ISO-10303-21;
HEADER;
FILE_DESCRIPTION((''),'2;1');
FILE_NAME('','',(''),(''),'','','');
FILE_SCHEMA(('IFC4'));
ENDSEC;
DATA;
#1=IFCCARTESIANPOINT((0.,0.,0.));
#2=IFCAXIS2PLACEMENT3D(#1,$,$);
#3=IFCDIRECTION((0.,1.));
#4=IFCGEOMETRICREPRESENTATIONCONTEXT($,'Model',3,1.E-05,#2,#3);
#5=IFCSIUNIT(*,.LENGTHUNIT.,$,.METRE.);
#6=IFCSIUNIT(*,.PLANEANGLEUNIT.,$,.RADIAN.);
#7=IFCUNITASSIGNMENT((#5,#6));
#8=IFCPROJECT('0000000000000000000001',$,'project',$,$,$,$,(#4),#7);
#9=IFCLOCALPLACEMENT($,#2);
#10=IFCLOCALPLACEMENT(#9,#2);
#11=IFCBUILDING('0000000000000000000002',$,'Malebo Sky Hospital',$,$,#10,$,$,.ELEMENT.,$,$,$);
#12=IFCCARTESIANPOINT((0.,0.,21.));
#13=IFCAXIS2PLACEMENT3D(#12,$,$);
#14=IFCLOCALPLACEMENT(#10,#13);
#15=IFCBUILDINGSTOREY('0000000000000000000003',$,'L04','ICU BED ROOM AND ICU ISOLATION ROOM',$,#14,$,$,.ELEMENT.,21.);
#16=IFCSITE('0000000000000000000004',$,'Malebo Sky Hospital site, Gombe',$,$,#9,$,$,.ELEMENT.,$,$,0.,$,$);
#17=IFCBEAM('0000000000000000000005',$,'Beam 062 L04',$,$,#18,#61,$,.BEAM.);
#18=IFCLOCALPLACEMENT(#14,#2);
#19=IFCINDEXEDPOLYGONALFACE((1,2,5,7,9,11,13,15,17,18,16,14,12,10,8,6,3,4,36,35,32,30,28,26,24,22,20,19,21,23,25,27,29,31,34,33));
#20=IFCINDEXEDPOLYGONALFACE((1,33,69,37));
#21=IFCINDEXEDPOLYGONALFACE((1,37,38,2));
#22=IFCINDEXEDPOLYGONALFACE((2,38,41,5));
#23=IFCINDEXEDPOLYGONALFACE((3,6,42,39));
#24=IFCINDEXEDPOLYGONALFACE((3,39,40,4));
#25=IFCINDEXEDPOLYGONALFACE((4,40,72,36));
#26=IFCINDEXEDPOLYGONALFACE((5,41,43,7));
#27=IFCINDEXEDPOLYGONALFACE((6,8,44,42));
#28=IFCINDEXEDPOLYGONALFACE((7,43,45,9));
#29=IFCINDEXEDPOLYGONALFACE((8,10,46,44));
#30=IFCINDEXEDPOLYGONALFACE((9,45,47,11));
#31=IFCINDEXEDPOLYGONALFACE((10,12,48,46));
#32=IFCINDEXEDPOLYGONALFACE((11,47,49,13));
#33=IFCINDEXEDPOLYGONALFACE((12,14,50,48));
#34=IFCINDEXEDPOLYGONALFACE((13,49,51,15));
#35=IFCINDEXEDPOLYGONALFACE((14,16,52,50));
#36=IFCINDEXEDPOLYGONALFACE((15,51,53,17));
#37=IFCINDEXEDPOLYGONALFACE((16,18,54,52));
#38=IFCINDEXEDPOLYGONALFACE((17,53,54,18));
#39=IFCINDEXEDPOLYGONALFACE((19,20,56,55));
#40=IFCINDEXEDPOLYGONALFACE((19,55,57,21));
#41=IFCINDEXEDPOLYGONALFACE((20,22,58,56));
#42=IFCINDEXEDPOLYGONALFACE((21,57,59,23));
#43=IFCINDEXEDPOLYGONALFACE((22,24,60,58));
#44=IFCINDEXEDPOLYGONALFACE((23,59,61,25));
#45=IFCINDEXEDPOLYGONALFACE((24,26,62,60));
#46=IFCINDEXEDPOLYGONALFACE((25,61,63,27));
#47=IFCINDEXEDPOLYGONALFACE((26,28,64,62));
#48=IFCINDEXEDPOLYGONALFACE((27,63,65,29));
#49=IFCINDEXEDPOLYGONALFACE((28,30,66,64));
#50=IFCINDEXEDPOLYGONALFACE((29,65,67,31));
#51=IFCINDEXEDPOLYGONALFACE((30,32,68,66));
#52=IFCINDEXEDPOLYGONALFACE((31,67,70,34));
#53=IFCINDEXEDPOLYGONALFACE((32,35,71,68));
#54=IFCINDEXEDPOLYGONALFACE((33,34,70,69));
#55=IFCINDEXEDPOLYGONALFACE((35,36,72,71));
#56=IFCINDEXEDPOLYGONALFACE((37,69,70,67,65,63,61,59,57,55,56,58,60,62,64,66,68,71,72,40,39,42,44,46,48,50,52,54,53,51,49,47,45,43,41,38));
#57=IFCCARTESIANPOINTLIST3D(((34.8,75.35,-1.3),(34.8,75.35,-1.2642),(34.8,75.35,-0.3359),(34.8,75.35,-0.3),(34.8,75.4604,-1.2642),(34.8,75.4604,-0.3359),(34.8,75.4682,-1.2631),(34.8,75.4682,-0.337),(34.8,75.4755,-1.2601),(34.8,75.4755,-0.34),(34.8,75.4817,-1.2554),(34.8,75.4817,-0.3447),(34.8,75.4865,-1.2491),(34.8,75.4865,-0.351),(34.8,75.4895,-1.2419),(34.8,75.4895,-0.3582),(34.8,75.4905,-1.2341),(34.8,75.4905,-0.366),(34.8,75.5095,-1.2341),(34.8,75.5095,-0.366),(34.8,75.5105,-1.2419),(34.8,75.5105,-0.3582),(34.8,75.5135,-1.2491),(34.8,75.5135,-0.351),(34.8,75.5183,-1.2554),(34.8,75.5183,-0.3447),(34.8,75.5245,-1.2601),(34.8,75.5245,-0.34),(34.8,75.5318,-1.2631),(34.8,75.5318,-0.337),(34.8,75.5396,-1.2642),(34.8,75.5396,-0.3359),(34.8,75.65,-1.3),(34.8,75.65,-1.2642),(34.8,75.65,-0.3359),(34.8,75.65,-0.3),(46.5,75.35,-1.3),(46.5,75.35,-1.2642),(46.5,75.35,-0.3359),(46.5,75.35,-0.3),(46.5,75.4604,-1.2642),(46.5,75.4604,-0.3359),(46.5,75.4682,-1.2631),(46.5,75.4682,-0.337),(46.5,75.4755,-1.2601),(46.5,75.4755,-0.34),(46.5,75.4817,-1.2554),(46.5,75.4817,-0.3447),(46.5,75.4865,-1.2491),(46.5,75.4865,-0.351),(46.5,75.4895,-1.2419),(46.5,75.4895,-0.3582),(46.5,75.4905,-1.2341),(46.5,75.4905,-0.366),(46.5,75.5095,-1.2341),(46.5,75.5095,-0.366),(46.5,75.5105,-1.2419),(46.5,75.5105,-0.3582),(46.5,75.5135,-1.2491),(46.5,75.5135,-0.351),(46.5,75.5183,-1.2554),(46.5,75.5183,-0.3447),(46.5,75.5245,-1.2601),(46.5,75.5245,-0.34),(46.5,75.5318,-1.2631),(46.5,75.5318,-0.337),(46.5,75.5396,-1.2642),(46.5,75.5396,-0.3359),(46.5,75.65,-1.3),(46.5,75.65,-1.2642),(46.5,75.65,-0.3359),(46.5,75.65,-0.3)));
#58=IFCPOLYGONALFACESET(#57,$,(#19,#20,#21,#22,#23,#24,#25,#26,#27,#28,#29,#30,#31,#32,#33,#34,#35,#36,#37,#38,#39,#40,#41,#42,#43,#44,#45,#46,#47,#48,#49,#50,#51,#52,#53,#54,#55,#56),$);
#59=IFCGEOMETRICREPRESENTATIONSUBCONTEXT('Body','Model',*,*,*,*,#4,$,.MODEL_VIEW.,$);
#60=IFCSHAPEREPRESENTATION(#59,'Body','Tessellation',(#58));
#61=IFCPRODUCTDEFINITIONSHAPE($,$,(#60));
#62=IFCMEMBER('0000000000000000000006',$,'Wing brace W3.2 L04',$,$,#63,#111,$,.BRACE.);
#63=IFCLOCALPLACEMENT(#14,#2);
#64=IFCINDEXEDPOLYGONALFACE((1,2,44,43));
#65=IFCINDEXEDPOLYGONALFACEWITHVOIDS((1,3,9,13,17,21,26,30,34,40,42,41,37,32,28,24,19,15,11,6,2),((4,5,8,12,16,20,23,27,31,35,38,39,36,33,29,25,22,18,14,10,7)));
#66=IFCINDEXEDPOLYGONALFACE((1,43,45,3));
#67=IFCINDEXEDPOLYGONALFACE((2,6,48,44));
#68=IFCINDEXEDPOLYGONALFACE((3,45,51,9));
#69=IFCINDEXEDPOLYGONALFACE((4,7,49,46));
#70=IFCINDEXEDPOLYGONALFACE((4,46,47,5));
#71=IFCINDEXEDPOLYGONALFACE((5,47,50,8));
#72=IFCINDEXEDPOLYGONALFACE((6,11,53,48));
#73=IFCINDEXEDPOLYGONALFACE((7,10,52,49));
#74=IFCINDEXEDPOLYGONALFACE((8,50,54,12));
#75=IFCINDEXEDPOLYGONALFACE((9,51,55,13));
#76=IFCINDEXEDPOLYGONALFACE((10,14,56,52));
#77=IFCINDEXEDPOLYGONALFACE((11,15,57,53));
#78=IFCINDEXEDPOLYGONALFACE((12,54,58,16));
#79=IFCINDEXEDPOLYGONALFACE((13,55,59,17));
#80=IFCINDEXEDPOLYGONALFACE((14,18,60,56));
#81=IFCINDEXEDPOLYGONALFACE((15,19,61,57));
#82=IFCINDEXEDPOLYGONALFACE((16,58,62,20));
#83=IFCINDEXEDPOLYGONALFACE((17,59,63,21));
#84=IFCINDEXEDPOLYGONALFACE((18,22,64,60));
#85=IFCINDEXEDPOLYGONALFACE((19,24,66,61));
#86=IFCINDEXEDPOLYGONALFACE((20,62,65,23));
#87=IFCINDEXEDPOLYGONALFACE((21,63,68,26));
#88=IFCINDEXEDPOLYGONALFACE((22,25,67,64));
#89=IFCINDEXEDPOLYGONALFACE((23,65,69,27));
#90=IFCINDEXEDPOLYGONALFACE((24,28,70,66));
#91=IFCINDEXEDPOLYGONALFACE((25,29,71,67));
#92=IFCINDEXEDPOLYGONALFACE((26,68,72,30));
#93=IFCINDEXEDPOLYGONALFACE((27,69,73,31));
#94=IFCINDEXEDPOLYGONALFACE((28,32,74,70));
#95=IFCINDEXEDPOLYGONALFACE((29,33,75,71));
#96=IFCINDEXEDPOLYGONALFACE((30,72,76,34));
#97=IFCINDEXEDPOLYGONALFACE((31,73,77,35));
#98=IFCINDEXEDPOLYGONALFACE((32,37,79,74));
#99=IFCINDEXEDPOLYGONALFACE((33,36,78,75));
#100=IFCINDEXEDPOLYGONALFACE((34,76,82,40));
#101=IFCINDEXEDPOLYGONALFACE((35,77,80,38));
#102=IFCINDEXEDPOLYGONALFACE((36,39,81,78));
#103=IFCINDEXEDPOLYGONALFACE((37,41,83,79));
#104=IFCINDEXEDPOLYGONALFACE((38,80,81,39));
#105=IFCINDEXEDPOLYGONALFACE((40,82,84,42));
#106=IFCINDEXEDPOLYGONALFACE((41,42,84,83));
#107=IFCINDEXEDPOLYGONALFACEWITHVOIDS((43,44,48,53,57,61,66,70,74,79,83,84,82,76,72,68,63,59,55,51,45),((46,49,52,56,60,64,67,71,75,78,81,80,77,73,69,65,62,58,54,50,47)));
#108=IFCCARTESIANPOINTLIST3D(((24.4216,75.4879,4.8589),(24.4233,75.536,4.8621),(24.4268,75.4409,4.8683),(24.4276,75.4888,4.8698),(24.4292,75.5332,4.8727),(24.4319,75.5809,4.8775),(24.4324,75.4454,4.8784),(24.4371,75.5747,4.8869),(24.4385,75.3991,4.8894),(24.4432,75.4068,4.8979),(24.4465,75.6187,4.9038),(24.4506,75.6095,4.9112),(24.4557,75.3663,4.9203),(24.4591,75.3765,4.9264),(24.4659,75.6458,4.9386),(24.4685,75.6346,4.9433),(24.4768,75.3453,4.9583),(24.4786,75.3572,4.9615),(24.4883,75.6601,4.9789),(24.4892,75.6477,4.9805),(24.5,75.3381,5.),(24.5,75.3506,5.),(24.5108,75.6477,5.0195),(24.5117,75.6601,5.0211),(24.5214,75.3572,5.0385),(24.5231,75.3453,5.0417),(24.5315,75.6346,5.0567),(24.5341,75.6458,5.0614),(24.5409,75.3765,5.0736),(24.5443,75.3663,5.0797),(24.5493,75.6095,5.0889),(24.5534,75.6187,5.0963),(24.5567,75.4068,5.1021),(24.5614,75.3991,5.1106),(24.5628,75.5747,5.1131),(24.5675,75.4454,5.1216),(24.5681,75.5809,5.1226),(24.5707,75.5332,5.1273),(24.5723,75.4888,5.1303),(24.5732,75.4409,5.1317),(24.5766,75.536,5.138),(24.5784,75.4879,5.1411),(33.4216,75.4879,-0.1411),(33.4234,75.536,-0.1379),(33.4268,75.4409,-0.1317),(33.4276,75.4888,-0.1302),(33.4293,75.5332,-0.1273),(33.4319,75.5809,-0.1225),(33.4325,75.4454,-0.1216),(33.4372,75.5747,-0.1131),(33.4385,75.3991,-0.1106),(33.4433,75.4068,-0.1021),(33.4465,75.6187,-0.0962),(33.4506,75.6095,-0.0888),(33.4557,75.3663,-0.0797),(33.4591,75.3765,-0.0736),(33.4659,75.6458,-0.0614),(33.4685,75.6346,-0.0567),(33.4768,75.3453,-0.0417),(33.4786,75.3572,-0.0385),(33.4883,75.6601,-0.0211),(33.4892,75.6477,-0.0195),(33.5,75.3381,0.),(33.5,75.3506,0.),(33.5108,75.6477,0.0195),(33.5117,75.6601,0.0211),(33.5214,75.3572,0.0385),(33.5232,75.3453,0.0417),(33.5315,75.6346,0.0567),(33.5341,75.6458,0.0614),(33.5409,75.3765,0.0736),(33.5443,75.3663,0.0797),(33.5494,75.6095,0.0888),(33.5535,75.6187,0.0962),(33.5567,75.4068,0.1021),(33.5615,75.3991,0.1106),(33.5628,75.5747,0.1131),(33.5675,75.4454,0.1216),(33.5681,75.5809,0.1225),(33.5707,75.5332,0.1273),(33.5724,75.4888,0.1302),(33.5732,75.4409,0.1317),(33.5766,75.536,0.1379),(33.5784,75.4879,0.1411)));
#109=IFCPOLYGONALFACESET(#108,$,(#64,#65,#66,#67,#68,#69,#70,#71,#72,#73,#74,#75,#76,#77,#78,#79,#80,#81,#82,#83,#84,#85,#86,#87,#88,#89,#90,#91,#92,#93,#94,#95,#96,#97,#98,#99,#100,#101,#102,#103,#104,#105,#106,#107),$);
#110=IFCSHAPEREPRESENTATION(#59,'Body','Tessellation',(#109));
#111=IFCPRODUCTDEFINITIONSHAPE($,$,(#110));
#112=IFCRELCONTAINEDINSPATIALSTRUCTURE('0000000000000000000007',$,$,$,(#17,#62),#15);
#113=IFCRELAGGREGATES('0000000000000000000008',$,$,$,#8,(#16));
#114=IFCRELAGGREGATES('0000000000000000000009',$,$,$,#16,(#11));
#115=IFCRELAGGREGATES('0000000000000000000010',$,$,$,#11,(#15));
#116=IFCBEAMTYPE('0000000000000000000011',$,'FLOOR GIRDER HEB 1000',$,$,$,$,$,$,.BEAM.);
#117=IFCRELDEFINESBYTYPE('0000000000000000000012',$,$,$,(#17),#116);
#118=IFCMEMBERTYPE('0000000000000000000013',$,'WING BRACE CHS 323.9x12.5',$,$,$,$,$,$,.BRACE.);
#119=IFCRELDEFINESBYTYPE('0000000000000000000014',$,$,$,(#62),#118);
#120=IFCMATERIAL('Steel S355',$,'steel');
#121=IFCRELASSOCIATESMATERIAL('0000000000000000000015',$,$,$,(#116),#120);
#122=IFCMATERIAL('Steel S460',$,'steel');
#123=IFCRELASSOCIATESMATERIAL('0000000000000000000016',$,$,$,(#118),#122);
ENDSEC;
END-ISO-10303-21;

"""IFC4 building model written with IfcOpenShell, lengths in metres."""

from ifc_helpers import new_model, si_unit, direction, frame, origin, origin_2d, place, context, subcontext, project, spatial, hollow_circle, i_section, extrude, material, material_profile, profile_set, type_object, element, save


model = new_model("IFC4")

# Units and contexts
model_context = context("Model", 3, precision=1e-05, world=origin(), true_north=direction((0.0, 1.0)))
body_context = subcontext(model_context, "Body", "Model", "MODEL_VIEW")
ifc_project = project(units=[si_unit("LENGTHUNIT", "METRE"), si_unit("PLANEANGLEUNIT", "RADIAN")], contexts=[model_context])

# Site, building, storey
site_placement = place(None, origin())
site = spatial("IfcSite", under=ifc_project, at=site_placement, Name="Malebo Sky Hospital site, Gombe", CompositionType="ELEMENT", RefElevation=0.0)
building_placement = place(site_placement, origin())
building = spatial("IfcBuilding", under=site, at=building_placement, Name="Malebo Sky Hospital", CompositionType="ELEMENT")
storey_placement = place(building_placement, frame((0.0, 0.0, 21.0)))
storey = spatial("IfcBuildingStorey", under=building, at=storey_placement, Name="L04", Description="ICU BED ROOM AND ICU ISOLATION ROOM", CompositionType="ELEMENT", Elevation=21.0)

# Shared definitions
ifc_material_1 = material(Name="Steel S460", Category="steel")
ifc_material_2 = material(Name="Steel S355", Category="steel")

# Beam
ifc_material_profile_1 = material_profile(ifc_material_2, i_section(OverallWidth=0.3, OverallDepth=1.0, WebThickness=0.019, FlangeThickness=0.0359, FilletRadius=0.03, at=origin_2d()), Name="HEB 1000")
ifc_profile_set_1 = profile_set([ifc_material_profile_1], Name="Steel S355")
beam_type_1 = type_object("IfcBeamType", Name="FLOOR GIRDER HEB 1000", PredefinedType="BEAM", material=ifc_profile_set_1)
beam_1_placement = place(storey_placement, frame((34.8, 75.5, -0.8), z_axis=(1.0, 0.0, 0.0), x_axis=(0.0, 1.0, 0.0)))
element("IfcBeam", 1, at=beam_1_placement, inside=storey, type_object=beam_type_1, Name="Beam 062 L04", PredefinedType="BEAM", context=body_context, shape_type="SweptSolid", body=[
    extrude(i_section(OverallWidth=0.3, OverallDepth=1.0, WebThickness=0.019, FlangeThickness=0.0359, FilletRadius=0.03, at=origin_2d()), origin(), (0.0, 0.0, 1.0), 11.7),
])

# Member
ifc_material_profile_2 = material_profile(ifc_material_1, hollow_circle(Radius=0.1619, WallThickness=0.0125, at=origin_2d()), Name="CHS 323.9x12.5")
ifc_profile_set_2 = profile_set([ifc_material_profile_2], Name="Steel S460")
member_type = type_object("IfcMemberType", Name="WING BRACE CHS 323.9x12.5", PredefinedType="BRACE", material=ifc_profile_set_2)
member_placement = place(storey_placement, frame((33.5, 75.5, 0.0), z_axis=(-0.874157, 0.0, 0.485643), x_axis=(0.0, -1.0, 0.0)))
element("IfcMember", 2, at=member_placement, inside=storey, type_object=member_type, Name="Wing brace W3.2 L04", PredefinedType="BRACE", context=body_context, shape_type="SweptSolid", body=[
    extrude(hollow_circle(Radius=0.1619, WallThickness=0.0125, at=origin_2d()), origin(), (0.0, 0.0, 1.0), 10.2957),
])

save(model, "model.ifc")
